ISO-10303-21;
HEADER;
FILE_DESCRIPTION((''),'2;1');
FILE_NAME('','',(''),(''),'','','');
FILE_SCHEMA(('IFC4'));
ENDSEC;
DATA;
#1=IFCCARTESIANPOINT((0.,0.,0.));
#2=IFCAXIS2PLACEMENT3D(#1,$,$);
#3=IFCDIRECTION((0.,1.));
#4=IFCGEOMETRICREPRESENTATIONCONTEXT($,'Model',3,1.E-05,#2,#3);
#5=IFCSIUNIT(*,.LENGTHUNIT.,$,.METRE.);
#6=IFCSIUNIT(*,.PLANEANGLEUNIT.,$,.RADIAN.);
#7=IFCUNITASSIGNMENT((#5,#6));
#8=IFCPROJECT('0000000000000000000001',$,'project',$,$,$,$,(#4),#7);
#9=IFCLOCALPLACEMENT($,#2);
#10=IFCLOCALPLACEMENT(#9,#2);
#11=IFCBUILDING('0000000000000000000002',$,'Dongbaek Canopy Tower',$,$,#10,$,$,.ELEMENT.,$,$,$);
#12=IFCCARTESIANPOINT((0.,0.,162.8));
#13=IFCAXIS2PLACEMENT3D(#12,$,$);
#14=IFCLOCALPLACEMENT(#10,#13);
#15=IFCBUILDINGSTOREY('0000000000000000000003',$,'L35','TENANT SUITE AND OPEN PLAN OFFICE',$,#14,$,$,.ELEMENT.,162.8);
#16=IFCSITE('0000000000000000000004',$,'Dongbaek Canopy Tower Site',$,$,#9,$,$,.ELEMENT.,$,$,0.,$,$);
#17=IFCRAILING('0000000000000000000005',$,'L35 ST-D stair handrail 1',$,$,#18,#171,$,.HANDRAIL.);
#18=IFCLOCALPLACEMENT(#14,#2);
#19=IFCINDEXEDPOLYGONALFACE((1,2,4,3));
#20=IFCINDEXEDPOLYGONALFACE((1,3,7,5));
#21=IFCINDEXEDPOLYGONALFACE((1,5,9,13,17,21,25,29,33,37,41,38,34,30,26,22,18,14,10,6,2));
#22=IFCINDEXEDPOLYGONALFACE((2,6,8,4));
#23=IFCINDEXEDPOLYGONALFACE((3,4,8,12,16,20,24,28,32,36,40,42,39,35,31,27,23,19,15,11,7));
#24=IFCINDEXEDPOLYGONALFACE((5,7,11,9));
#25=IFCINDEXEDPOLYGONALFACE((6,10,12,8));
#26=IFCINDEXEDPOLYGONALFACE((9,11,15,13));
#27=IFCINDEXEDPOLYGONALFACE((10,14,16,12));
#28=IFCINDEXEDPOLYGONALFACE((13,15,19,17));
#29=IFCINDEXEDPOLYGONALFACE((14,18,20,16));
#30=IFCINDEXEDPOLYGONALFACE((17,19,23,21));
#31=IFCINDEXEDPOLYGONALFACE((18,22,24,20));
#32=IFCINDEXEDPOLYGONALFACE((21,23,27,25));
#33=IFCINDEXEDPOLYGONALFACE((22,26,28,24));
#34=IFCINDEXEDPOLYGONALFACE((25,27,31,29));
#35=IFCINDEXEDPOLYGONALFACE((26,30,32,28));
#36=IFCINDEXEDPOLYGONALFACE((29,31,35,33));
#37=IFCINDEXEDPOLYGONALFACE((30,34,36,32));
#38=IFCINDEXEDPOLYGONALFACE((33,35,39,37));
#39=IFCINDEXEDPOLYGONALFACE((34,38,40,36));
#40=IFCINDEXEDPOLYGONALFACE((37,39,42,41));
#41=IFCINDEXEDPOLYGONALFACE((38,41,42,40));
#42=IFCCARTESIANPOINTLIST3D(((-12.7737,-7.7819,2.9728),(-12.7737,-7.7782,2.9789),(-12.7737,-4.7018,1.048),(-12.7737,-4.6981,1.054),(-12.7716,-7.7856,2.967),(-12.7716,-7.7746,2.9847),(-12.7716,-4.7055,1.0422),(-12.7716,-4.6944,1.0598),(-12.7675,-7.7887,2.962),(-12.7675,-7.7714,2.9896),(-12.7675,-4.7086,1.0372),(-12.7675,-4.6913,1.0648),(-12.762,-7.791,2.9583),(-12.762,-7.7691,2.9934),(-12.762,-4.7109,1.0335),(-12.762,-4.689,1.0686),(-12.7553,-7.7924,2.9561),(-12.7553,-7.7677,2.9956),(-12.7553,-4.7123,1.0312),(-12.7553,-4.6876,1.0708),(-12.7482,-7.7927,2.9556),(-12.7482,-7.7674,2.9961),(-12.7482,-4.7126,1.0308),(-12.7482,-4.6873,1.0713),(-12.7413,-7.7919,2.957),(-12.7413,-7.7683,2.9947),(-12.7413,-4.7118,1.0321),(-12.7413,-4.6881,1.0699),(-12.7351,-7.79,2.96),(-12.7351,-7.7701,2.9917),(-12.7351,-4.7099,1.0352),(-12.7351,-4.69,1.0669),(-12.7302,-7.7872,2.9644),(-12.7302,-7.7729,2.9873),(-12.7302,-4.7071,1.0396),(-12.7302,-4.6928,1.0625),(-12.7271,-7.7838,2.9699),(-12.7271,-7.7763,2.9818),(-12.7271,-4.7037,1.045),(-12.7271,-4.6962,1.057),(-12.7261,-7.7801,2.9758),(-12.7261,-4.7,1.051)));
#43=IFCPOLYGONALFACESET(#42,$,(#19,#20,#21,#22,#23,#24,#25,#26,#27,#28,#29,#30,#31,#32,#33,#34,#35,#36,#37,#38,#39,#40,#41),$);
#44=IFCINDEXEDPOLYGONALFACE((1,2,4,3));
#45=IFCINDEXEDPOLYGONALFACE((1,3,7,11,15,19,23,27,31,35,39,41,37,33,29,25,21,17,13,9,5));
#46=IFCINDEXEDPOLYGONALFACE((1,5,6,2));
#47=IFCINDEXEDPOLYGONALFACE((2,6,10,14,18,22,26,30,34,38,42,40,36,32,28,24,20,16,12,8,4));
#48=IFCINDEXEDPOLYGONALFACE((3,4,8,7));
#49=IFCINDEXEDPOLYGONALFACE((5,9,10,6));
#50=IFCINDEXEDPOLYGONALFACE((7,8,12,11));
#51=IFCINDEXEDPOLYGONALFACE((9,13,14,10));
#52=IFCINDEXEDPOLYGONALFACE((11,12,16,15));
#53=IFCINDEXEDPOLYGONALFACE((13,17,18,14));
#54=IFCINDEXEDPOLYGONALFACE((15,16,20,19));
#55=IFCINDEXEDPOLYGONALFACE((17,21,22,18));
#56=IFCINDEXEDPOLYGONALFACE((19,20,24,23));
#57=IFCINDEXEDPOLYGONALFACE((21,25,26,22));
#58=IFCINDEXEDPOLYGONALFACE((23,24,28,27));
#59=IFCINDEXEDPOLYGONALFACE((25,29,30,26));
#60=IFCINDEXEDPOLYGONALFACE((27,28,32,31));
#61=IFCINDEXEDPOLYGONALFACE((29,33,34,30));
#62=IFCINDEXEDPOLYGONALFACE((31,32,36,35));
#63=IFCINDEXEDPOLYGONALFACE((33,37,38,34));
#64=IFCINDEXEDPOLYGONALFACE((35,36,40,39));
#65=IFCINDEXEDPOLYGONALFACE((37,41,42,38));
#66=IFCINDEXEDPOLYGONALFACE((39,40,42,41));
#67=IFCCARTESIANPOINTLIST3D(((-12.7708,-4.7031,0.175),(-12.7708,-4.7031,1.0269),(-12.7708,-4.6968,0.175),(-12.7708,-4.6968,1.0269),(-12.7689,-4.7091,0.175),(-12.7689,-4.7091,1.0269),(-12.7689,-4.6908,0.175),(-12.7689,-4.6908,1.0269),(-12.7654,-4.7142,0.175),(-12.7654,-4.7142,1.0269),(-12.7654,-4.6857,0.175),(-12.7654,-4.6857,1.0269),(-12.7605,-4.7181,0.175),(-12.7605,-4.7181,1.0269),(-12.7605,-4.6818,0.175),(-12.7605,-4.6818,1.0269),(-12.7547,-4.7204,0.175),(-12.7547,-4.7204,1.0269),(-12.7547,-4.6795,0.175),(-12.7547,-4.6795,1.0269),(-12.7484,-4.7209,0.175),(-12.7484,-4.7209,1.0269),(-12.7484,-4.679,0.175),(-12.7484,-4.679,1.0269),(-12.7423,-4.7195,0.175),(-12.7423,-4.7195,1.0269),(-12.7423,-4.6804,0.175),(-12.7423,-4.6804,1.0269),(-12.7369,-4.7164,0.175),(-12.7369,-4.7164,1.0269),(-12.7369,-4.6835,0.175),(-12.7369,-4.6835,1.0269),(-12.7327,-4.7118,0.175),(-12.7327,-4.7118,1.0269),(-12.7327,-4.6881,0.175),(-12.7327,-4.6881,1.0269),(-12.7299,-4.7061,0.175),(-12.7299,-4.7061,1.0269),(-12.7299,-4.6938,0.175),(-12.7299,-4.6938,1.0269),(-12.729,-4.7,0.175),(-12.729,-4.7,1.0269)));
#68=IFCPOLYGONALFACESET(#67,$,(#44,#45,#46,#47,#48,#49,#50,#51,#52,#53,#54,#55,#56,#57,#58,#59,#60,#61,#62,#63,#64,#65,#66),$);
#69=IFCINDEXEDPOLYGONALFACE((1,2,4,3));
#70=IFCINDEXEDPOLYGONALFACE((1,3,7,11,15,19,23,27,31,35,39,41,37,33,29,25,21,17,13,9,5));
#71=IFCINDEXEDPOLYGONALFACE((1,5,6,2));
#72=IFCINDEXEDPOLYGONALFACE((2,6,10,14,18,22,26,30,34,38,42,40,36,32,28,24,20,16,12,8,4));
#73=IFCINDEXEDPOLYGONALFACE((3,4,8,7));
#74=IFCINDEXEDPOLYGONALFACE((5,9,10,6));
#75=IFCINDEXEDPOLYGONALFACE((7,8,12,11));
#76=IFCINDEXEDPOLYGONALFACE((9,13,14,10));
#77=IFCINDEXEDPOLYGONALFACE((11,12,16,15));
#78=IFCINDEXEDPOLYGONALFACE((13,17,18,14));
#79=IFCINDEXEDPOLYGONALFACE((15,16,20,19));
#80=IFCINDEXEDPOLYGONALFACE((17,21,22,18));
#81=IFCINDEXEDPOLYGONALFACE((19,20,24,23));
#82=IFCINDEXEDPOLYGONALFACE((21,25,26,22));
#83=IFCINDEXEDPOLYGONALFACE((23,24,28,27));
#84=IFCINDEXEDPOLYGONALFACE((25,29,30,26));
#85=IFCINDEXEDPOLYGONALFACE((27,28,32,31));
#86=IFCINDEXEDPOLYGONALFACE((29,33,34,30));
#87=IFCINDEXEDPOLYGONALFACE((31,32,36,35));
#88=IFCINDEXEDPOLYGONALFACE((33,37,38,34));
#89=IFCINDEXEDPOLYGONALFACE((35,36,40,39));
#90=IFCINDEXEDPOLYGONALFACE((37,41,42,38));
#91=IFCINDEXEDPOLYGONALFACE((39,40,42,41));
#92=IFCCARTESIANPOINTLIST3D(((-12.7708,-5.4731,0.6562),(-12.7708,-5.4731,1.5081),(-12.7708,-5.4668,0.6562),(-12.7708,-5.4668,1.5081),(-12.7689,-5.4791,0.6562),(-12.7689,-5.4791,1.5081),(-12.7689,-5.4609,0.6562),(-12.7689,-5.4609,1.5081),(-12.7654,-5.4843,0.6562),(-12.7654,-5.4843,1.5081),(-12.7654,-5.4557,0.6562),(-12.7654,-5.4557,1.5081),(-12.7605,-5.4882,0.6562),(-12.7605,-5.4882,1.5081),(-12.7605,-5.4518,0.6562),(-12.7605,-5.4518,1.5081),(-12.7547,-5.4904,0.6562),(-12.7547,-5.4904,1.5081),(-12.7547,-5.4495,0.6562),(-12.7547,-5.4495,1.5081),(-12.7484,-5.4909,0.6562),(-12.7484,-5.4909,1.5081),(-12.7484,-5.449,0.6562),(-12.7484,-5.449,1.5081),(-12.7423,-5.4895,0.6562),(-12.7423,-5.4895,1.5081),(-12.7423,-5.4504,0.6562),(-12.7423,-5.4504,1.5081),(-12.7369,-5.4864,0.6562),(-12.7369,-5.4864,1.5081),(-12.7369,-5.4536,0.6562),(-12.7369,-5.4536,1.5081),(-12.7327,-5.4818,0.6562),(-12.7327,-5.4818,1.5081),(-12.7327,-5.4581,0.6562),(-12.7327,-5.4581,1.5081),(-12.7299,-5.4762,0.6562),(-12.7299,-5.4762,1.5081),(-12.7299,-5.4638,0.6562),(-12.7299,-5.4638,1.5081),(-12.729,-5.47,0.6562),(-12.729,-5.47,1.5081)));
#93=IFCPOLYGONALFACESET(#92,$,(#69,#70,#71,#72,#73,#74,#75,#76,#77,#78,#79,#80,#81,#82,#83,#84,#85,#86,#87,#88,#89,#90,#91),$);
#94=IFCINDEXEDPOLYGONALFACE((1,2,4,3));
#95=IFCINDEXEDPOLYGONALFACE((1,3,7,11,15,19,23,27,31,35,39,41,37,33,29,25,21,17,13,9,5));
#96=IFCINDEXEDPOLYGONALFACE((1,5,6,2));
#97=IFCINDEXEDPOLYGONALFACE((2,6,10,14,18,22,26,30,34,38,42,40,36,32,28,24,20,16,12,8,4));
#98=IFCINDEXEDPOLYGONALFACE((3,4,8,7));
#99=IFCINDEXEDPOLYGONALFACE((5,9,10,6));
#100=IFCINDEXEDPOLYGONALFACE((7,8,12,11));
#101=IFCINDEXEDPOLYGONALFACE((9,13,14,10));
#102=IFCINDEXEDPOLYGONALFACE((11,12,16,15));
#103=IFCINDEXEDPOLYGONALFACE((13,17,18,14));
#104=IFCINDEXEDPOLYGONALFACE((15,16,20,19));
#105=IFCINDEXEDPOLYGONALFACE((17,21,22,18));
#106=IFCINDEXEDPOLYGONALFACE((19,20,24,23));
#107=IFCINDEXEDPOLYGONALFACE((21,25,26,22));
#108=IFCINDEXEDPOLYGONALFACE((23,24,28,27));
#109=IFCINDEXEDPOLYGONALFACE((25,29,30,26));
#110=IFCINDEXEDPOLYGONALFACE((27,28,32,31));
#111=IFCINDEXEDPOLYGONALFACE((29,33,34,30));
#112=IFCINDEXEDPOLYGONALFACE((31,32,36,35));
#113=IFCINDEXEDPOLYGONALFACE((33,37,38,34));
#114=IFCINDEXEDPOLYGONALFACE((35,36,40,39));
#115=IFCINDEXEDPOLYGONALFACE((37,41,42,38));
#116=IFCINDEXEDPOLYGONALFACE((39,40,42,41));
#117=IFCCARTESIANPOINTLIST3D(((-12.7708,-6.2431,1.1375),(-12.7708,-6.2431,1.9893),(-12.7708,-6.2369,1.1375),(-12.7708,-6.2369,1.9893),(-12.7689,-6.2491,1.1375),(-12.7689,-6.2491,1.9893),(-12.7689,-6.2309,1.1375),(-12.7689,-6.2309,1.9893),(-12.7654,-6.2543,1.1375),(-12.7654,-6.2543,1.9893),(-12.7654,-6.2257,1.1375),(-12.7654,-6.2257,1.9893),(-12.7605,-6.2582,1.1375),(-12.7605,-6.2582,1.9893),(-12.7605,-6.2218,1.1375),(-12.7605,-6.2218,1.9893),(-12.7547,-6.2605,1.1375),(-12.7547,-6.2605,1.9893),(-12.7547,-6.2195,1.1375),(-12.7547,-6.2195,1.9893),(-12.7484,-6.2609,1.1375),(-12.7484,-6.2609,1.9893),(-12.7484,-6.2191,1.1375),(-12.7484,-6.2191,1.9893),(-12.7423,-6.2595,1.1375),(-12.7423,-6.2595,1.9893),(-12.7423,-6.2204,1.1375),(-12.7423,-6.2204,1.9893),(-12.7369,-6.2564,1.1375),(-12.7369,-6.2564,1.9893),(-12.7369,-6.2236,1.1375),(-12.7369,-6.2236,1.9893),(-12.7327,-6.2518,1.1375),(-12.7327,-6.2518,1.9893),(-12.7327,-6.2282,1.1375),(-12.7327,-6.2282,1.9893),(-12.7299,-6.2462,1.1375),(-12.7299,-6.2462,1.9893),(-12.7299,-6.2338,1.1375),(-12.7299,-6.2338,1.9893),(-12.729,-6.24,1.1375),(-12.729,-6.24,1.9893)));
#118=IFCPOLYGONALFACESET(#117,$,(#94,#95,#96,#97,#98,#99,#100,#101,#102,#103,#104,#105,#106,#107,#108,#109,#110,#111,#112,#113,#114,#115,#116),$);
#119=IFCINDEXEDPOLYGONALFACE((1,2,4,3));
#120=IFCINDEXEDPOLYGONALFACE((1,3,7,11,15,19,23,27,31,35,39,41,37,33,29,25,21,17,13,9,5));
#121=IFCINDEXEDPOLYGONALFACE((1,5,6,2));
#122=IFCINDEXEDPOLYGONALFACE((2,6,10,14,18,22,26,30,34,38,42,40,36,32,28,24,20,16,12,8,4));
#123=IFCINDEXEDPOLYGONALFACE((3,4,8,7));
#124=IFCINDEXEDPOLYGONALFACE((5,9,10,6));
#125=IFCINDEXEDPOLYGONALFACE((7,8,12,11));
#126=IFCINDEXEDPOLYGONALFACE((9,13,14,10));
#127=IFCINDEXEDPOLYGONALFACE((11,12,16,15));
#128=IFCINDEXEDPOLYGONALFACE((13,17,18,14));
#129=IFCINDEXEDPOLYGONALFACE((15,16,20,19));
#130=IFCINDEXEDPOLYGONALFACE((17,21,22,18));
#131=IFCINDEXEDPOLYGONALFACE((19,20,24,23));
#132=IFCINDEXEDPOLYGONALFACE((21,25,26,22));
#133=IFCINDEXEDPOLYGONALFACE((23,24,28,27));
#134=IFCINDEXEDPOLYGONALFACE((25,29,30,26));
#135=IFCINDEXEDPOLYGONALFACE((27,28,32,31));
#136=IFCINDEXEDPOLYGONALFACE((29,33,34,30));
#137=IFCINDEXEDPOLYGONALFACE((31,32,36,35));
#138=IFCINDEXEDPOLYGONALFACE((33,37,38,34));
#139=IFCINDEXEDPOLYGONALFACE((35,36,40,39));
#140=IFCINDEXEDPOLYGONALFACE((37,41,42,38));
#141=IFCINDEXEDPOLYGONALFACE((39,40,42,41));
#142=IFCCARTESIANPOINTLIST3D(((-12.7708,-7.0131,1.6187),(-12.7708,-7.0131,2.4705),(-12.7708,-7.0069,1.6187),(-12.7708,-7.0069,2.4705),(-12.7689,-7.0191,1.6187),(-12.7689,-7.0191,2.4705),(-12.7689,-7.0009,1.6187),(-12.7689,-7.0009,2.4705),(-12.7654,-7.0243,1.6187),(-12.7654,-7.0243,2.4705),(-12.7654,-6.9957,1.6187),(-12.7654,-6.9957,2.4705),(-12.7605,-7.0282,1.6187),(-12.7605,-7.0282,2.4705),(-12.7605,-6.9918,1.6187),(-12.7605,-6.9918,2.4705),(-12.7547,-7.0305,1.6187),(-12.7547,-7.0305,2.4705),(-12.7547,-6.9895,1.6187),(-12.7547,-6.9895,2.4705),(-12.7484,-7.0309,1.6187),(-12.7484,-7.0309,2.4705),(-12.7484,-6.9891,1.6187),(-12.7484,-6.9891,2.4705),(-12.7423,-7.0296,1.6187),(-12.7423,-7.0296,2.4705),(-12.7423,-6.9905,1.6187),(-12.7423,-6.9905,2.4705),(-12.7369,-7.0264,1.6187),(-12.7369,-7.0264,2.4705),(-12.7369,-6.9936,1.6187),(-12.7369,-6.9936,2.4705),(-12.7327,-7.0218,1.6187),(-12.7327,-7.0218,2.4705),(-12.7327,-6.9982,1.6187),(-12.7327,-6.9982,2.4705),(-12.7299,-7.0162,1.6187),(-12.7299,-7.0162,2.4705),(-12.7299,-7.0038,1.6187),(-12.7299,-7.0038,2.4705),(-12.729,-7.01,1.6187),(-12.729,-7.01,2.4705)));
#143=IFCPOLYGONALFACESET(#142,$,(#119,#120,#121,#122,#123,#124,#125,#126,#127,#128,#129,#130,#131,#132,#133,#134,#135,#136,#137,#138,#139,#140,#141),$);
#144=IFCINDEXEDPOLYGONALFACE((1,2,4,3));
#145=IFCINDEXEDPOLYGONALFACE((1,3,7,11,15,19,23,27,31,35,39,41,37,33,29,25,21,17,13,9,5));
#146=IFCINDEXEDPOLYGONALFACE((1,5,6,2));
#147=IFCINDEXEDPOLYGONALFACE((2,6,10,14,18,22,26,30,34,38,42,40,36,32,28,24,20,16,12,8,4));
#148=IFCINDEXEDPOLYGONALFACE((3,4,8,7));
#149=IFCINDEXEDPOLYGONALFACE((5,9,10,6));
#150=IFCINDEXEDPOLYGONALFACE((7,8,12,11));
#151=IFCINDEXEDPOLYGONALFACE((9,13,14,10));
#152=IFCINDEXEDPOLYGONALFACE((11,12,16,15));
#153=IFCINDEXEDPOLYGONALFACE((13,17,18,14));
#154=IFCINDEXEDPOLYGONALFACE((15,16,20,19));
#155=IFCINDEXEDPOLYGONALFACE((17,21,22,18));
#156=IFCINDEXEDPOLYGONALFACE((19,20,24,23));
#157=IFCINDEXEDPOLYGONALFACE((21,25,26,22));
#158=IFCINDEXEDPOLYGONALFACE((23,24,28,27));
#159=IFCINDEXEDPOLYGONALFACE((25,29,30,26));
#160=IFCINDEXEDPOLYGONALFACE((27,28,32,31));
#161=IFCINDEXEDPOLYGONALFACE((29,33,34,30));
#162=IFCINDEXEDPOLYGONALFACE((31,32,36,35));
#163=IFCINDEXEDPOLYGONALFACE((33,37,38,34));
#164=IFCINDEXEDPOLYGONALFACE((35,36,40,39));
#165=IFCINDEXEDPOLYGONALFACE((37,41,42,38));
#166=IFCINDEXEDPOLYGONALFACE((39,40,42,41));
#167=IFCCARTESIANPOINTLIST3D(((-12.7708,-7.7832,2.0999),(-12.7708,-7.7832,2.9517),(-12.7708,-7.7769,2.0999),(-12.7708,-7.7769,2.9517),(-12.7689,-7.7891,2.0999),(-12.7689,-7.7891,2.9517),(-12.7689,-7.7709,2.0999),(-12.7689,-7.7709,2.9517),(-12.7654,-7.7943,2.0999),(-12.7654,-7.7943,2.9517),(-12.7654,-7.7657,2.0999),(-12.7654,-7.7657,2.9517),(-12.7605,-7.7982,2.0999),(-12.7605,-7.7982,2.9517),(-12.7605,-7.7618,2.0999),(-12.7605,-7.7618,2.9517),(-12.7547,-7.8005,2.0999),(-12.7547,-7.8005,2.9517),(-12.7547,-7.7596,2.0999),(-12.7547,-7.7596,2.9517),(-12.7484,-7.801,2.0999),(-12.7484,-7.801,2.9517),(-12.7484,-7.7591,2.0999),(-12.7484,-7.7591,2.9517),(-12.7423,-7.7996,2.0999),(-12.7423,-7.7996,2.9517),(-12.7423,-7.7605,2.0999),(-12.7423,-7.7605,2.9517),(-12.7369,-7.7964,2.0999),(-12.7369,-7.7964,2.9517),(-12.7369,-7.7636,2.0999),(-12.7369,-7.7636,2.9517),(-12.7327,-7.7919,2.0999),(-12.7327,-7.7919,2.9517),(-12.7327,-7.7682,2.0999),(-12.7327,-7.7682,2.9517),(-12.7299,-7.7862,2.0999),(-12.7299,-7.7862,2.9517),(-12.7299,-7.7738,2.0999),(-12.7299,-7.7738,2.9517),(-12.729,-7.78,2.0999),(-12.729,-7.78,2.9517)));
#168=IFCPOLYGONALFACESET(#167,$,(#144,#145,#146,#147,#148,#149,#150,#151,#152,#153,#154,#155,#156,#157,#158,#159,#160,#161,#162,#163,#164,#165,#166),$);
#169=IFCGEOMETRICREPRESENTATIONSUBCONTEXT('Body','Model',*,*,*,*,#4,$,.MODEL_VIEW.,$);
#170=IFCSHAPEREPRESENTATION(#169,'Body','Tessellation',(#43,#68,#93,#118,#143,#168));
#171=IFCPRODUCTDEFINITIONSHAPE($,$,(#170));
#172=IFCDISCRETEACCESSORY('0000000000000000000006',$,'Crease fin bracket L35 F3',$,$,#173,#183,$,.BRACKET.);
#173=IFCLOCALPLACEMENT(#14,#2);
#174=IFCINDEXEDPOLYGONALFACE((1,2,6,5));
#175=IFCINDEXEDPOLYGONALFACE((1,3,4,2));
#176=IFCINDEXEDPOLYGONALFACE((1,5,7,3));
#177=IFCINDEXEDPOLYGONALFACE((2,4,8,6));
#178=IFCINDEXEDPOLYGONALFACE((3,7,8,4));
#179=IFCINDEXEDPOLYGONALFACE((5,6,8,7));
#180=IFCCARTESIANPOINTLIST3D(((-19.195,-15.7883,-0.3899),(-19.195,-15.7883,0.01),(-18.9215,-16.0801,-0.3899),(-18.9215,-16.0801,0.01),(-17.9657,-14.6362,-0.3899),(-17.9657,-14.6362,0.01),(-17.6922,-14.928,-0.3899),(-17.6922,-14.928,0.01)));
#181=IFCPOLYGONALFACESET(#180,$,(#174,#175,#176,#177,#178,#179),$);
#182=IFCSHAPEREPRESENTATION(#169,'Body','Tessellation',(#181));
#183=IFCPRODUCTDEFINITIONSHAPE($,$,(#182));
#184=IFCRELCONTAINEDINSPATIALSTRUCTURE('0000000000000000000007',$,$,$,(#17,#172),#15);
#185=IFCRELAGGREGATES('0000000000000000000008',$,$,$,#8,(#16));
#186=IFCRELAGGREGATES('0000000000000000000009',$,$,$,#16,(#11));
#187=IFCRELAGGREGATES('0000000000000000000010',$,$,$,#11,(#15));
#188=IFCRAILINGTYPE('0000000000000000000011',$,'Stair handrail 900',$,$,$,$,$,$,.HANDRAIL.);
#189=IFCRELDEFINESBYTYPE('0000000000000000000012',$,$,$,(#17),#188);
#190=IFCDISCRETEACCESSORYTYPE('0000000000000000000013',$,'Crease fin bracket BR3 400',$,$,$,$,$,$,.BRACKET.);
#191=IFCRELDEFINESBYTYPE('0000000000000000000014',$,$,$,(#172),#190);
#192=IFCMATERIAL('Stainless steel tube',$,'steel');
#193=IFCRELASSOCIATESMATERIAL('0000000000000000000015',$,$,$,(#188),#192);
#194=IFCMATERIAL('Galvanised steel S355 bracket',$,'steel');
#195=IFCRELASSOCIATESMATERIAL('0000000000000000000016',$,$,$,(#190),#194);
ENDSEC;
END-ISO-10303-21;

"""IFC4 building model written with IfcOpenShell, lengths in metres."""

from ifc_helpers import new_model, si_unit, direction, frame, origin, origin_2d, place, context, subcontext, project, spatial, rectangle, circle, extrude, material, type_object, element, save


model = new_model("IFC4")

# Units and contexts
model_context = context("Model", 3, precision=1e-05, world=origin(), true_north=direction((0.0, 1.0)))
body_context = subcontext(model_context, "Body", "Model", "MODEL_VIEW")
ifc_project = project(units=[si_unit("LENGTHUNIT", "METRE"), si_unit("PLANEANGLEUNIT", "RADIAN")], contexts=[model_context])

# Site, building, storey
site_placement = place(None, origin())
site = spatial("IfcSite", under=ifc_project, at=site_placement, Name="Dongbaek Canopy Tower Site", CompositionType="ELEMENT", RefElevation=0.0)
building_placement = place(site_placement, origin())
building = spatial("IfcBuilding", under=site, at=building_placement, Name="Dongbaek Canopy Tower", CompositionType="ELEMENT")
storey_placement = place(building_placement, frame((0.0, 0.0, 162.8)))
storey = spatial("IfcBuildingStorey", under=building, at=storey_placement, Name="L35", Description="TENANT SUITE AND OPEN PLAN OFFICE", CompositionType="ELEMENT", Elevation=162.8)

# Railing
ifc_material_1 = material(Name="Stainless steel tube", Category="steel")
railing_type = type_object("IfcRailingType", Name="Stair handrail 900", PredefinedType="HANDRAIL", material=ifc_material_1)
railing_placement = place(storey_placement, frame((-12.75, -4.7, 0.175)))
element("IfcRailing", 1, at=railing_placement, inside=storey, type_object=railing_type, Name="L35 ST-D stair handrail 1", PredefinedType="HANDRAIL", context=body_context, shape_type="SweptSolid", body=[
    extrude(circle(Radius=0.0239, at=origin_2d()), frame((0.0, 0.0, 0.876), z_axis=(0.0, -0.848029, 0.529951), x_axis=(1.0, 0.0, 0.0)), (0.0, 0.0, 1.0), 3.6321),
    extrude(circle(Radius=0.021, at=origin_2d()), origin(), (0.0, 0.0, 1.0), 0.8518),
    extrude(circle(Radius=0.021, at=origin_2d()), frame((0.0, -0.77, 0.4812)), (0.0, 0.0, 1.0), 0.8518),
    extrude(circle(Radius=0.021, at=origin_2d()), frame((0.0, -1.54, 0.9624)), (0.0, 0.0, 1.0), 0.8518),
    extrude(circle(Radius=0.021, at=origin_2d()), frame((0.0, -2.3101, 1.4436)), (0.0, 0.0, 1.0), 0.8518),
    extrude(circle(Radius=0.021, at=origin_2d()), frame((0.0, -3.0801, 1.9248)), (0.0, 0.0, 1.0), 0.8518),
])

# Discrete accessory
ifc_material_2 = material(Name="Galvanised steel S355 bracket", Category="steel")
discrete_accessory_type = type_object("IfcDiscreteAccessoryType", Name="Crease fin bracket BR3 400", PredefinedType="BRACKET", material=ifc_material_2)
discrete_accessory_placement = place(storey_placement, frame((-18.4436, -15.3582, -0.3899), z_axis=(0.0, 0.0, 1.0), x_axis=(-0.729649, -0.683822, 0.0)))
element("IfcDiscreteAccessory", 2, at=discrete_accessory_placement, inside=storey, type_object=discrete_accessory_type, Name="Crease fin bracket L35 F3", PredefinedType="BRACKET", context=body_context, shape_type="SweptSolid", body=[
    extrude(rectangle(XDim=1.6848, YDim=0.3999, at=origin_2d()), origin(), (0.0, 0.0, 1.0), 0.3999),
])

save(model, "model.ifc")
